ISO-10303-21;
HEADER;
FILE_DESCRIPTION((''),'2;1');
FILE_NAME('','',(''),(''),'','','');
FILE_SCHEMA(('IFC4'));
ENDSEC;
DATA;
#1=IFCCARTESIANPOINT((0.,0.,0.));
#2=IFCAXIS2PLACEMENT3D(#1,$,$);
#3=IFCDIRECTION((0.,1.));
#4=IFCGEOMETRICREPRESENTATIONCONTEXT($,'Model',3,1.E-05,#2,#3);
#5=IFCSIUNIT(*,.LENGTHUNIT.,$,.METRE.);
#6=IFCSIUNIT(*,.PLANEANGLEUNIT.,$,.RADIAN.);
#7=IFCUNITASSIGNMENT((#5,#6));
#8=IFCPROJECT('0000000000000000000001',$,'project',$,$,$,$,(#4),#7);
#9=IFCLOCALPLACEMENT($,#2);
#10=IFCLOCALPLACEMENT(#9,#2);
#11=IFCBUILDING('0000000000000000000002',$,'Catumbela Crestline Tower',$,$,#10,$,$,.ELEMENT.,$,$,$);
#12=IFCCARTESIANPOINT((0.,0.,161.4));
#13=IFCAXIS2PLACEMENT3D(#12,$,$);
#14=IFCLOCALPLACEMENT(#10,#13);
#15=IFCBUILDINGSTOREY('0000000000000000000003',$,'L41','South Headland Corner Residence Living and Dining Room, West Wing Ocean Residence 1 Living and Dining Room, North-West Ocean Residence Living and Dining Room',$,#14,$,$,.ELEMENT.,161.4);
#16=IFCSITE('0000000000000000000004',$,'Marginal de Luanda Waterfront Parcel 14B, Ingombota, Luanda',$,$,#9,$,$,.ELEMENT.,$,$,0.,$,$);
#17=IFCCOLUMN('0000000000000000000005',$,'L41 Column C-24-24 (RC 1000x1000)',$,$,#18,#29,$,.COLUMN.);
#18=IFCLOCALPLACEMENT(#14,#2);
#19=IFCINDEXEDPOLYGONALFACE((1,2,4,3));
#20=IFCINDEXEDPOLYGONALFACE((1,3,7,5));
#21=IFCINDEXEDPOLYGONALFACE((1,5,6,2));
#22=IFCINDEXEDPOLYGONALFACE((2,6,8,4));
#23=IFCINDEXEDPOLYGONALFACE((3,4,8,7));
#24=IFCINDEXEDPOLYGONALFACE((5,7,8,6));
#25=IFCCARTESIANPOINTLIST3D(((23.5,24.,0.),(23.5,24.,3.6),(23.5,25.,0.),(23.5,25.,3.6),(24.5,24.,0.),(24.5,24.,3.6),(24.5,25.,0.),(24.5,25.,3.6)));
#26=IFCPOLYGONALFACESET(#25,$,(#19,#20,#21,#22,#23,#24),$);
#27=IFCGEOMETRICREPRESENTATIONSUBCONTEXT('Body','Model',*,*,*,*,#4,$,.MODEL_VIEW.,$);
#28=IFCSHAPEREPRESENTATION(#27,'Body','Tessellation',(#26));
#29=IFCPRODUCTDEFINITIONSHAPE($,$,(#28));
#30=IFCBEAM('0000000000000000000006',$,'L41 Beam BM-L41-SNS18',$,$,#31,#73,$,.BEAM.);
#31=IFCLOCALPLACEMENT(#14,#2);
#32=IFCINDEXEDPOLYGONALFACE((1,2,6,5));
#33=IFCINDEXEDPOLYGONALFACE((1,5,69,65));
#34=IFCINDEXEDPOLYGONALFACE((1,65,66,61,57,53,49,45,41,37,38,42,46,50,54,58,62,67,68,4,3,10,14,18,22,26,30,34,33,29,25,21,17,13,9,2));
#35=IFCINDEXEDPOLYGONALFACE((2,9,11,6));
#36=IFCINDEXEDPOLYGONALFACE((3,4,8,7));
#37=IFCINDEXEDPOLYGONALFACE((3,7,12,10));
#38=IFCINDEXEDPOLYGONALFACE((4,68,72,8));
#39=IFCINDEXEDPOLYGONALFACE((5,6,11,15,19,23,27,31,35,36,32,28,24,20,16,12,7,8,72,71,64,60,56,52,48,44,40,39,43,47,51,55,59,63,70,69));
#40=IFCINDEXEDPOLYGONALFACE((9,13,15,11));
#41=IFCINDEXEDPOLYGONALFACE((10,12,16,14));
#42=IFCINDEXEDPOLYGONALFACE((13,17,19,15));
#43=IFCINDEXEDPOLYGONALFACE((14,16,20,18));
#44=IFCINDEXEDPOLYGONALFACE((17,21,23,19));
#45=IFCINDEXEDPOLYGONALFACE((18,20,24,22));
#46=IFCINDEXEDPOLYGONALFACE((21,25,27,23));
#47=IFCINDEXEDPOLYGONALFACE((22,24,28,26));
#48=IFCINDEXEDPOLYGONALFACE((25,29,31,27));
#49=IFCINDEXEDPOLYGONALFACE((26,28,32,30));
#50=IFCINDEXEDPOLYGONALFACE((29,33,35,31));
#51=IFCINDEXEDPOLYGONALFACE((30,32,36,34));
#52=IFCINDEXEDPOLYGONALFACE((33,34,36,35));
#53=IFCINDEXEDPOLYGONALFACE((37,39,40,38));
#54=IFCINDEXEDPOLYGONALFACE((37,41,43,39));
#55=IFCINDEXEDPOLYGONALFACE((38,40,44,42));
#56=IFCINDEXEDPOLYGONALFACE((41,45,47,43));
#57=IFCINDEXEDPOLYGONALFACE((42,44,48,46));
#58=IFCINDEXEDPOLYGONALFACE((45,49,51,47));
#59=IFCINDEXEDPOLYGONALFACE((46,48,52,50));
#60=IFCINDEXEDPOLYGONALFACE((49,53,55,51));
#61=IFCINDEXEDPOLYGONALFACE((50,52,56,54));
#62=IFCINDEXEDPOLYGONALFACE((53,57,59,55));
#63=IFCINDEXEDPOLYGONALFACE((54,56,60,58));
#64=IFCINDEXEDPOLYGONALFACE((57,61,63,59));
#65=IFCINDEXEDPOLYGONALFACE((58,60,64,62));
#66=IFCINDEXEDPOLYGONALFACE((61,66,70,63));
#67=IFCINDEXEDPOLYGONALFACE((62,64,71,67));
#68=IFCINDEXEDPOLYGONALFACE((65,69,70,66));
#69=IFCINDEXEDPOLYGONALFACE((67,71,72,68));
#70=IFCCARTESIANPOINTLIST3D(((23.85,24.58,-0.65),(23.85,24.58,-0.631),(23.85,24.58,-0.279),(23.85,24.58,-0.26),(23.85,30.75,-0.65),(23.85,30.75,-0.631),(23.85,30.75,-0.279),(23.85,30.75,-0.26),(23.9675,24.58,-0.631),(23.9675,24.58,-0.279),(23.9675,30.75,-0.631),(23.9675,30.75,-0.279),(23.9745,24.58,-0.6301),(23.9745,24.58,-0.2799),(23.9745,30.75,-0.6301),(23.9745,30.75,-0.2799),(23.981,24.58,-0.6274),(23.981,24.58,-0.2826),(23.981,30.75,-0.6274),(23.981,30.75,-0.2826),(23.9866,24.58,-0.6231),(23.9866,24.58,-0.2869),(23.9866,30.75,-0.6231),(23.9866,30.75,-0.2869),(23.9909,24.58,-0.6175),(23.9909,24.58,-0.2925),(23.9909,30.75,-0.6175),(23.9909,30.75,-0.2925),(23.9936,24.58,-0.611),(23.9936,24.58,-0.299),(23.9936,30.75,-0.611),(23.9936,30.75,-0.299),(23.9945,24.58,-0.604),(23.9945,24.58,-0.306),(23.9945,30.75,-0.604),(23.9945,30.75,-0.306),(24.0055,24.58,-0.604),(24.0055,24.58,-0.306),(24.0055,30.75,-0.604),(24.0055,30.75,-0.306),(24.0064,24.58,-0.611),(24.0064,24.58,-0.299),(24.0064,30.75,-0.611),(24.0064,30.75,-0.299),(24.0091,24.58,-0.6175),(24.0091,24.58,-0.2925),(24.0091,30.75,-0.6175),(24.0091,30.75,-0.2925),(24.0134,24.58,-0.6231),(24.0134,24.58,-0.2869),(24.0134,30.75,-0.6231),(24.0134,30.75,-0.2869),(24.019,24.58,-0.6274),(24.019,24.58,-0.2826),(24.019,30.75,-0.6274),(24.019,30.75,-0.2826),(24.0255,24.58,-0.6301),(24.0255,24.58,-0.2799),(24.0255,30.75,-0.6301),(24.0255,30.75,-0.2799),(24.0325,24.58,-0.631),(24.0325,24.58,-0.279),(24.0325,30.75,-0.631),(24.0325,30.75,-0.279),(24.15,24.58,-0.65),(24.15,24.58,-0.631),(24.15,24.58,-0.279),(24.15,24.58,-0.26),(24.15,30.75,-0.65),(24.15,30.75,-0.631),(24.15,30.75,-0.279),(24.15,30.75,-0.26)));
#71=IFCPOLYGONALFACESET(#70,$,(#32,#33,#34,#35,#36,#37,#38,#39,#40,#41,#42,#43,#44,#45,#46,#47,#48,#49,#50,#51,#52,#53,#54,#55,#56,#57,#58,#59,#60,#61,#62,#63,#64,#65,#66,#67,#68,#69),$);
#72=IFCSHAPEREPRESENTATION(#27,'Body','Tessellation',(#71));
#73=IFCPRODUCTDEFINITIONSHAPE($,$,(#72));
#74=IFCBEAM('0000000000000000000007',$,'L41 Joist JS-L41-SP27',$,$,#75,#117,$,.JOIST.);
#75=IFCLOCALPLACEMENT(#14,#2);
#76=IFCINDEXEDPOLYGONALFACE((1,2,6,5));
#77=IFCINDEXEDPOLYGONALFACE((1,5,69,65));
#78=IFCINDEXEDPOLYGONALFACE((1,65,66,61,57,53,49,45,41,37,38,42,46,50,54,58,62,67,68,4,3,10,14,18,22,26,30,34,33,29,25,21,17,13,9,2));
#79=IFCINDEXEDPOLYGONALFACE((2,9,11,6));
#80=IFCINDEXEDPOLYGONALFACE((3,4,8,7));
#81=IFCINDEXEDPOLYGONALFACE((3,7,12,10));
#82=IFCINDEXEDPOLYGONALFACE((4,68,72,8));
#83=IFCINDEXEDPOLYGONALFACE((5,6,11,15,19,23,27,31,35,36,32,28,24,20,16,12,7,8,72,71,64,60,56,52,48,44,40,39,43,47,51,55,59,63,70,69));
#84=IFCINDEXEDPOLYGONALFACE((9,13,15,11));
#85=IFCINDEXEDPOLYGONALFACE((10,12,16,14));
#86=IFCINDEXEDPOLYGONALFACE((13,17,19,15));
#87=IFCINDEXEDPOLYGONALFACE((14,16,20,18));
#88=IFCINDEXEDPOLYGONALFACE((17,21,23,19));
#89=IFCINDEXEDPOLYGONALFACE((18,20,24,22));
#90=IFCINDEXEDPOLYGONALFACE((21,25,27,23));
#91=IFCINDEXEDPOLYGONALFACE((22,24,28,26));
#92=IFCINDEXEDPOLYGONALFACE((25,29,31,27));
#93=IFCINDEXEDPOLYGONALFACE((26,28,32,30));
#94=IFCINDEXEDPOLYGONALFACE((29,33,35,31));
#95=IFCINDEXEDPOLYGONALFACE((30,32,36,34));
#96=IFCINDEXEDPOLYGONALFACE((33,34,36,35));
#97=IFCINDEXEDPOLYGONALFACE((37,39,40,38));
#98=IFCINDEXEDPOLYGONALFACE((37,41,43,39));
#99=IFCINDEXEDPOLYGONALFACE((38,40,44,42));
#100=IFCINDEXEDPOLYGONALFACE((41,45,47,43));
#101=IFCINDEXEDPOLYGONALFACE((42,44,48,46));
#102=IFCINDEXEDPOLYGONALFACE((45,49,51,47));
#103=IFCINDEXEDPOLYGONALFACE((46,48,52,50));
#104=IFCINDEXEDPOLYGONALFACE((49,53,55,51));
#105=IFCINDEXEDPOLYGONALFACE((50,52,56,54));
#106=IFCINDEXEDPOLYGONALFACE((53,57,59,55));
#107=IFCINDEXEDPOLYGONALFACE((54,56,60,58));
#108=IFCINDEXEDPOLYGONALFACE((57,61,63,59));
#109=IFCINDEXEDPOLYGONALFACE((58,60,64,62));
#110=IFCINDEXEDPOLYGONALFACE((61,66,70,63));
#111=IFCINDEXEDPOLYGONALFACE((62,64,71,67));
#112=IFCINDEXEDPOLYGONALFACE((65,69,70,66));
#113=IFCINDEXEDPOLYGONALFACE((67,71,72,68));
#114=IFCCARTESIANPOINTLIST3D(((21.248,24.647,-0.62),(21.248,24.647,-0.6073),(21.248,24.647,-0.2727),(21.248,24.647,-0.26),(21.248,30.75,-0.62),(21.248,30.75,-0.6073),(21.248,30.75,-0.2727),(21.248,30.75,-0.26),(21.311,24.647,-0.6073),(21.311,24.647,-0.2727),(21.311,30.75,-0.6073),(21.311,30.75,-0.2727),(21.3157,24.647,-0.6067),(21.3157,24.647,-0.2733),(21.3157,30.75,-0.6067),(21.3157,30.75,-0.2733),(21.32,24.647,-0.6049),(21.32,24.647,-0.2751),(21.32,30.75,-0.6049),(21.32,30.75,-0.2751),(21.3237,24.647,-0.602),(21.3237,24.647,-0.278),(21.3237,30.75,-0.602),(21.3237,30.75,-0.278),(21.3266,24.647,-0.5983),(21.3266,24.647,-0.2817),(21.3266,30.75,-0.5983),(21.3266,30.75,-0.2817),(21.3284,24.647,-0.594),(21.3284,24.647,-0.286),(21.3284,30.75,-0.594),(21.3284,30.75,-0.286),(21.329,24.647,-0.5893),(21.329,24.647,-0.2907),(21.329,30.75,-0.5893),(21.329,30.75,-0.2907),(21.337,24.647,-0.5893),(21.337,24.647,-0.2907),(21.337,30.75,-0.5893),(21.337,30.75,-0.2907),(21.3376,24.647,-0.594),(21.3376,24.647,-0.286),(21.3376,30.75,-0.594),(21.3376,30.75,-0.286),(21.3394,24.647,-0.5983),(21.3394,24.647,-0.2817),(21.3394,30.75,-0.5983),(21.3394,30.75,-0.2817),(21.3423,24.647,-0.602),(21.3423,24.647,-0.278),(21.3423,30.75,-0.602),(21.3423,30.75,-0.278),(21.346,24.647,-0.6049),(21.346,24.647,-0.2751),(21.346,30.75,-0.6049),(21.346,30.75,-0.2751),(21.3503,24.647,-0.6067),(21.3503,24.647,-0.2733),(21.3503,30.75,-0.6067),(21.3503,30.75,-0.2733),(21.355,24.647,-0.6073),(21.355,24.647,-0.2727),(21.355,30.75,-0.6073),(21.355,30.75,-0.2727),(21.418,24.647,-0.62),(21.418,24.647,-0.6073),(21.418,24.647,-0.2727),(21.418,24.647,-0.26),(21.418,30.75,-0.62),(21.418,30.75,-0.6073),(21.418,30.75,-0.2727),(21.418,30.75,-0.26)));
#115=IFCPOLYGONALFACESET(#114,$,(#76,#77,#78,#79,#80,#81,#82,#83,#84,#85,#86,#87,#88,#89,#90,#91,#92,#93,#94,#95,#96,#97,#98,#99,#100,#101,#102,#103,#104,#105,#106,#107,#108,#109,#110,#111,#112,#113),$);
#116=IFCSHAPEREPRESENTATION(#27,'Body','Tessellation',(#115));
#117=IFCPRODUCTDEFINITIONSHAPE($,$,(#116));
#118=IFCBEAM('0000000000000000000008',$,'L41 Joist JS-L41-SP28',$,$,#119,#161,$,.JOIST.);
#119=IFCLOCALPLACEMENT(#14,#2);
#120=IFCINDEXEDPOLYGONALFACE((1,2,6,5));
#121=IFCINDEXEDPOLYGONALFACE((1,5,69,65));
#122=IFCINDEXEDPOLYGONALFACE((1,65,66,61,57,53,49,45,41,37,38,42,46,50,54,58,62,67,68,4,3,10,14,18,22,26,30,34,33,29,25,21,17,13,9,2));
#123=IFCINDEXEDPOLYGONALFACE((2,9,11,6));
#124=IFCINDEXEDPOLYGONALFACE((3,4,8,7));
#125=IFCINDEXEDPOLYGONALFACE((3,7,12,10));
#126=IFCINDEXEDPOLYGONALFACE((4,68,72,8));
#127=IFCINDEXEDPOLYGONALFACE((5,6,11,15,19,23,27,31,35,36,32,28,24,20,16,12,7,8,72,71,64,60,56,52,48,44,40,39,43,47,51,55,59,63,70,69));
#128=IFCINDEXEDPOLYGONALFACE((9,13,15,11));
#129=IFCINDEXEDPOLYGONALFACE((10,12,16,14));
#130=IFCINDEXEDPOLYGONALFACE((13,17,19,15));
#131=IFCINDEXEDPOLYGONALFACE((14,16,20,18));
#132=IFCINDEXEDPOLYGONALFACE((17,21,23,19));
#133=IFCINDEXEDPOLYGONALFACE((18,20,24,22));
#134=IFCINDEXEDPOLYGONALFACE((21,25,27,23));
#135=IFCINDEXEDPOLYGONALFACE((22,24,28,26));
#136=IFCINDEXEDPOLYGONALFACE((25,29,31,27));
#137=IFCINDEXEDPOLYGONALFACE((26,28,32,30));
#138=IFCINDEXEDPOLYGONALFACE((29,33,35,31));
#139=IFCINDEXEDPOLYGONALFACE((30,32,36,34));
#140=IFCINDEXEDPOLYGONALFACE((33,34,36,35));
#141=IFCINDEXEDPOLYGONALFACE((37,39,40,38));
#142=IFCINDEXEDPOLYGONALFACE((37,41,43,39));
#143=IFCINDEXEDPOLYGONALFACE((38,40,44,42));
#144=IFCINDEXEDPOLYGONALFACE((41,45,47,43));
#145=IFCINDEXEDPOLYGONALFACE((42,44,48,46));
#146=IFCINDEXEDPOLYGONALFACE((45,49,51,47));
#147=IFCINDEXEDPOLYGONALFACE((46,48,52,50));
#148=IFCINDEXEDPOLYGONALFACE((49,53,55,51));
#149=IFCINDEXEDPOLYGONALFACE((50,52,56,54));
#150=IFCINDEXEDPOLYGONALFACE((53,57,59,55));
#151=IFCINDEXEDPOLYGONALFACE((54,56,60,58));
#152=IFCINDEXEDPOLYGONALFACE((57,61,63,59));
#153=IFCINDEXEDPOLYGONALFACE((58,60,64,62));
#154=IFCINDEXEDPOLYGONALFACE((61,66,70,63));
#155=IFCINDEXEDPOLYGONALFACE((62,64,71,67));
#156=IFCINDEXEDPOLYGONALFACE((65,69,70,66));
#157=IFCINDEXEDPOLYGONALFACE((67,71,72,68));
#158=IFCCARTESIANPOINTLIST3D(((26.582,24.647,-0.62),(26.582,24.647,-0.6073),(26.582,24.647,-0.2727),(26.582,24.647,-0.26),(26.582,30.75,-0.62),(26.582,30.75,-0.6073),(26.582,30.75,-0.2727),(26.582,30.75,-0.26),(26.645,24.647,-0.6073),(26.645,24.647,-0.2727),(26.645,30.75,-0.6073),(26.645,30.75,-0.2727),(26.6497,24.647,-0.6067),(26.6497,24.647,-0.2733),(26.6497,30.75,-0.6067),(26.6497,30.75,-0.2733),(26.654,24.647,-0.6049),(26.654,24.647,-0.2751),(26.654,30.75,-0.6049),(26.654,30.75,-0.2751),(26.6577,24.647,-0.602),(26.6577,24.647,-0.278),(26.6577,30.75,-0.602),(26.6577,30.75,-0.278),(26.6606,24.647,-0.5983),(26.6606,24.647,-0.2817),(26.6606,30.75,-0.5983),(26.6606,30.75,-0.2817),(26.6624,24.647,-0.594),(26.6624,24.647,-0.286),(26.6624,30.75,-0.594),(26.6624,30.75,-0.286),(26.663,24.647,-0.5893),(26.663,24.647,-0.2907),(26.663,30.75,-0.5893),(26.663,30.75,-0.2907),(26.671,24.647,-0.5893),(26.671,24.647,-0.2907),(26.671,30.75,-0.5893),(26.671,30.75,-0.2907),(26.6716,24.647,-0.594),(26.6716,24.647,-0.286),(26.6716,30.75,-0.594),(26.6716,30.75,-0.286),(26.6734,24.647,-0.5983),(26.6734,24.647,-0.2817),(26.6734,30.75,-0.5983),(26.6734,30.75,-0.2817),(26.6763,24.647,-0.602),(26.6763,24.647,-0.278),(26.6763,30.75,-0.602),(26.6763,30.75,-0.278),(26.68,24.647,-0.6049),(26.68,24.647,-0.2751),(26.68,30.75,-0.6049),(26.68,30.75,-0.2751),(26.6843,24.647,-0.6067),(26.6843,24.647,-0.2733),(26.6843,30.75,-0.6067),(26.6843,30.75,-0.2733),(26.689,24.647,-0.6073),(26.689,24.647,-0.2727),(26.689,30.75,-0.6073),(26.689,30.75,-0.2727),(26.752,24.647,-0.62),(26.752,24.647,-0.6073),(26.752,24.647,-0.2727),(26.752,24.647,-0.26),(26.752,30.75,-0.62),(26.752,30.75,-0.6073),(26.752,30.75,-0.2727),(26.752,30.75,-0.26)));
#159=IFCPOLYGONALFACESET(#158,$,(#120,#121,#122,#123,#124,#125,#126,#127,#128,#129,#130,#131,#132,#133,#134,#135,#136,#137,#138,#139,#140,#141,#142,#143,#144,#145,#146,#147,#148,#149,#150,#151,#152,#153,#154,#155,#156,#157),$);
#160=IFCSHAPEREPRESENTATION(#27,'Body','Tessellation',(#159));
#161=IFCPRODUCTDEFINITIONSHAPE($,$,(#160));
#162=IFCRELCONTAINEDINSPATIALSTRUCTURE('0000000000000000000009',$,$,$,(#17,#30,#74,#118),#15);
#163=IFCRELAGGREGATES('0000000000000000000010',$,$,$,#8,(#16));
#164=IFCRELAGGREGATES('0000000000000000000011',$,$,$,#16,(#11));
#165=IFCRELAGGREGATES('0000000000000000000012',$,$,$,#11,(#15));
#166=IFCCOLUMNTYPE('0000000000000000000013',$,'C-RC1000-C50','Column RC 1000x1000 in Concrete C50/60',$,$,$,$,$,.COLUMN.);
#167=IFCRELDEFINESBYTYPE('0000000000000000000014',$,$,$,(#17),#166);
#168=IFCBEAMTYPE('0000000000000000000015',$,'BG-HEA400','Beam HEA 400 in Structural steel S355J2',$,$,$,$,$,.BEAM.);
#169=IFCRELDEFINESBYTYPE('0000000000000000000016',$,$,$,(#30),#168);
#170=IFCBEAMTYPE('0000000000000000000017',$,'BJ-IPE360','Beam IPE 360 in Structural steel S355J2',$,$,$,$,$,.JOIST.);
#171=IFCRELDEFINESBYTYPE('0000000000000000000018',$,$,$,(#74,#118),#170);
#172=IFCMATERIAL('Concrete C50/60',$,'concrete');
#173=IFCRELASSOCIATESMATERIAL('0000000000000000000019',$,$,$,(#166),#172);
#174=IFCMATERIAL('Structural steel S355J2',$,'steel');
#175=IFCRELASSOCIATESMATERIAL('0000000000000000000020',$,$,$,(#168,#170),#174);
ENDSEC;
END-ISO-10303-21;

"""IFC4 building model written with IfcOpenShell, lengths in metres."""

from ifc_helpers import new_model, si_unit, direction, frame, origin, origin_2d, place, context, subcontext, project, spatial, rectangle, i_section, extrude, material, material_profile, profile_set, type_object, element, save


model = new_model("IFC4")

# Units and contexts
model_context = context("Model", 3, precision=1e-05, world=origin(), true_north=direction((0.0, 1.0)))
body_context = subcontext(model_context, "Body", "Model", "MODEL_VIEW")
ifc_project = project(units=[si_unit("LENGTHUNIT", "METRE"), si_unit("PLANEANGLEUNIT", "RADIAN")], contexts=[model_context])

# Site, building, storey
site_placement = place(None, origin())
site = spatial("IfcSite", under=ifc_project, at=site_placement, Name="Marginal de Luanda Waterfront Parcel 14B, Ingombota, Luanda", CompositionType="ELEMENT", RefElevation=0.0)
building_placement = place(site_placement, origin())
building = spatial("IfcBuilding", under=site, at=building_placement, Name="Catumbela Crestline Tower", CompositionType="ELEMENT")
storey_placement = place(building_placement, frame((0.0, 0.0, 161.4)))
storey = spatial("IfcBuildingStorey", under=building, at=storey_placement, Name="L41", Description="South Headland Corner Residence Living and Dining Room, West Wing Ocean Residence 1 Living and Dining Room, North-West Ocean Residence Living and Dining Room", CompositionType="ELEMENT", Elevation=161.4)

# Column
ifc_material_1 = material(Name="Concrete C50/60", Category="concrete")
ifc_material_profile_1 = material_profile(ifc_material_1, rectangle(XDim=1.0, YDim=1.0, at=origin_2d()), Name="RC 1000x1000")
ifc_profile_set_1 = profile_set([ifc_material_profile_1], Name="Concrete C50/60")
column_type = type_object("IfcColumnType", Name="C-RC1000-C50", Description="Column RC 1000x1000 in Concrete C50/60", PredefinedType="COLUMN", material=ifc_profile_set_1)
column_placement = place(storey_placement, frame((24.0, 24.5, 0.0), z_axis=(0.0, 0.0, 1.0), x_axis=(1.0, 0.0, 0.0)))
element("IfcColumn", 1, at=column_placement, inside=storey, type_object=column_type, Name="L41 Column C-24-24 (RC 1000x1000)", PredefinedType="COLUMN", context=body_context, shape_type="SweptSolid", body=[
    extrude(rectangle(XDim=1.0, YDim=1.0, at=origin_2d()), origin(), (0.0, 0.0, 1.0), 3.6),
])

# Beams
ifc_material_2 = material(Name="Structural steel S355J2", Category="steel")
ifc_material_profile_2 = material_profile(ifc_material_2, i_section(OverallWidth=0.3, OverallDepth=0.39, WebThickness=0.011, FlangeThickness=0.019, FilletRadius=0.027, at=origin_2d()), Name="HEA 400")
ifc_profile_set_2 = profile_set([ifc_material_profile_2], Name="Structural steel S355J2")
beam_type_1 = type_object("IfcBeamType", Name="BG-HEA400", Description="Beam HEA 400 in Structural steel S355J2", PredefinedType="BEAM", material=ifc_profile_set_2)
beam_1_placement = place(storey_placement, frame((24.0, 24.58, -0.455), z_axis=(0.0, 1.0, 0.0), x_axis=(-1.0, 0.0, 0.0)))
element("IfcBeam", 2, at=beam_1_placement, inside=storey, type_object=beam_type_1, Name="L41 Beam BM-L41-SNS18", PredefinedType="BEAM", context=body_context, shape_type="SweptSolid", body=[
    extrude(i_section(OverallWidth=0.3, OverallDepth=0.39, WebThickness=0.011, FlangeThickness=0.019, FilletRadius=0.027, at=origin_2d()), origin(), (0.0, 0.0, 1.0), 6.17),
])
ifc_material_profile_3 = material_profile(ifc_material_2, i_section(OverallWidth=0.17, OverallDepth=0.36, WebThickness=0.008, FlangeThickness=0.0127, FilletRadius=0.018, at=origin_2d()), Name="IPE 360")
ifc_profile_set_3 = profile_set([ifc_material_profile_3], Name="Structural steel S355J2")
beam_type_2 = type_object("IfcBeamType", Name="BJ-IPE360", Description="Beam IPE 360 in Structural steel S355J2", PredefinedType="JOIST", material=ifc_profile_set_3)
for number, where, z_axis, x_axis, name in (
    (3, (21.333, 24.647, -0.44), (0.0, 1.0, 0.0), (-1.0, 0.0, 0.0), "L41 Joist JS-L41-SP27"),
    (4, (26.667, 24.647, -0.44), (0.0, 1.0, 0.0), (-1.0, 0.0, 0.0), "L41 Joist JS-L41-SP28"),
):
    element("IfcBeam", number, at=place(storey_placement, frame(where, z_axis=z_axis, x_axis=x_axis)), inside=storey, type_object=beam_type_2, Name=name, PredefinedType="JOIST", context=body_context, shape_type="SweptSolid", body=[
        extrude(i_section(OverallWidth=0.17, OverallDepth=0.36, WebThickness=0.008, FlangeThickness=0.0127, FilletRadius=0.018, at=origin_2d()), origin(), (0.0, 0.0, 1.0), 6.103),
    ])

save(model, "model.ifc")
